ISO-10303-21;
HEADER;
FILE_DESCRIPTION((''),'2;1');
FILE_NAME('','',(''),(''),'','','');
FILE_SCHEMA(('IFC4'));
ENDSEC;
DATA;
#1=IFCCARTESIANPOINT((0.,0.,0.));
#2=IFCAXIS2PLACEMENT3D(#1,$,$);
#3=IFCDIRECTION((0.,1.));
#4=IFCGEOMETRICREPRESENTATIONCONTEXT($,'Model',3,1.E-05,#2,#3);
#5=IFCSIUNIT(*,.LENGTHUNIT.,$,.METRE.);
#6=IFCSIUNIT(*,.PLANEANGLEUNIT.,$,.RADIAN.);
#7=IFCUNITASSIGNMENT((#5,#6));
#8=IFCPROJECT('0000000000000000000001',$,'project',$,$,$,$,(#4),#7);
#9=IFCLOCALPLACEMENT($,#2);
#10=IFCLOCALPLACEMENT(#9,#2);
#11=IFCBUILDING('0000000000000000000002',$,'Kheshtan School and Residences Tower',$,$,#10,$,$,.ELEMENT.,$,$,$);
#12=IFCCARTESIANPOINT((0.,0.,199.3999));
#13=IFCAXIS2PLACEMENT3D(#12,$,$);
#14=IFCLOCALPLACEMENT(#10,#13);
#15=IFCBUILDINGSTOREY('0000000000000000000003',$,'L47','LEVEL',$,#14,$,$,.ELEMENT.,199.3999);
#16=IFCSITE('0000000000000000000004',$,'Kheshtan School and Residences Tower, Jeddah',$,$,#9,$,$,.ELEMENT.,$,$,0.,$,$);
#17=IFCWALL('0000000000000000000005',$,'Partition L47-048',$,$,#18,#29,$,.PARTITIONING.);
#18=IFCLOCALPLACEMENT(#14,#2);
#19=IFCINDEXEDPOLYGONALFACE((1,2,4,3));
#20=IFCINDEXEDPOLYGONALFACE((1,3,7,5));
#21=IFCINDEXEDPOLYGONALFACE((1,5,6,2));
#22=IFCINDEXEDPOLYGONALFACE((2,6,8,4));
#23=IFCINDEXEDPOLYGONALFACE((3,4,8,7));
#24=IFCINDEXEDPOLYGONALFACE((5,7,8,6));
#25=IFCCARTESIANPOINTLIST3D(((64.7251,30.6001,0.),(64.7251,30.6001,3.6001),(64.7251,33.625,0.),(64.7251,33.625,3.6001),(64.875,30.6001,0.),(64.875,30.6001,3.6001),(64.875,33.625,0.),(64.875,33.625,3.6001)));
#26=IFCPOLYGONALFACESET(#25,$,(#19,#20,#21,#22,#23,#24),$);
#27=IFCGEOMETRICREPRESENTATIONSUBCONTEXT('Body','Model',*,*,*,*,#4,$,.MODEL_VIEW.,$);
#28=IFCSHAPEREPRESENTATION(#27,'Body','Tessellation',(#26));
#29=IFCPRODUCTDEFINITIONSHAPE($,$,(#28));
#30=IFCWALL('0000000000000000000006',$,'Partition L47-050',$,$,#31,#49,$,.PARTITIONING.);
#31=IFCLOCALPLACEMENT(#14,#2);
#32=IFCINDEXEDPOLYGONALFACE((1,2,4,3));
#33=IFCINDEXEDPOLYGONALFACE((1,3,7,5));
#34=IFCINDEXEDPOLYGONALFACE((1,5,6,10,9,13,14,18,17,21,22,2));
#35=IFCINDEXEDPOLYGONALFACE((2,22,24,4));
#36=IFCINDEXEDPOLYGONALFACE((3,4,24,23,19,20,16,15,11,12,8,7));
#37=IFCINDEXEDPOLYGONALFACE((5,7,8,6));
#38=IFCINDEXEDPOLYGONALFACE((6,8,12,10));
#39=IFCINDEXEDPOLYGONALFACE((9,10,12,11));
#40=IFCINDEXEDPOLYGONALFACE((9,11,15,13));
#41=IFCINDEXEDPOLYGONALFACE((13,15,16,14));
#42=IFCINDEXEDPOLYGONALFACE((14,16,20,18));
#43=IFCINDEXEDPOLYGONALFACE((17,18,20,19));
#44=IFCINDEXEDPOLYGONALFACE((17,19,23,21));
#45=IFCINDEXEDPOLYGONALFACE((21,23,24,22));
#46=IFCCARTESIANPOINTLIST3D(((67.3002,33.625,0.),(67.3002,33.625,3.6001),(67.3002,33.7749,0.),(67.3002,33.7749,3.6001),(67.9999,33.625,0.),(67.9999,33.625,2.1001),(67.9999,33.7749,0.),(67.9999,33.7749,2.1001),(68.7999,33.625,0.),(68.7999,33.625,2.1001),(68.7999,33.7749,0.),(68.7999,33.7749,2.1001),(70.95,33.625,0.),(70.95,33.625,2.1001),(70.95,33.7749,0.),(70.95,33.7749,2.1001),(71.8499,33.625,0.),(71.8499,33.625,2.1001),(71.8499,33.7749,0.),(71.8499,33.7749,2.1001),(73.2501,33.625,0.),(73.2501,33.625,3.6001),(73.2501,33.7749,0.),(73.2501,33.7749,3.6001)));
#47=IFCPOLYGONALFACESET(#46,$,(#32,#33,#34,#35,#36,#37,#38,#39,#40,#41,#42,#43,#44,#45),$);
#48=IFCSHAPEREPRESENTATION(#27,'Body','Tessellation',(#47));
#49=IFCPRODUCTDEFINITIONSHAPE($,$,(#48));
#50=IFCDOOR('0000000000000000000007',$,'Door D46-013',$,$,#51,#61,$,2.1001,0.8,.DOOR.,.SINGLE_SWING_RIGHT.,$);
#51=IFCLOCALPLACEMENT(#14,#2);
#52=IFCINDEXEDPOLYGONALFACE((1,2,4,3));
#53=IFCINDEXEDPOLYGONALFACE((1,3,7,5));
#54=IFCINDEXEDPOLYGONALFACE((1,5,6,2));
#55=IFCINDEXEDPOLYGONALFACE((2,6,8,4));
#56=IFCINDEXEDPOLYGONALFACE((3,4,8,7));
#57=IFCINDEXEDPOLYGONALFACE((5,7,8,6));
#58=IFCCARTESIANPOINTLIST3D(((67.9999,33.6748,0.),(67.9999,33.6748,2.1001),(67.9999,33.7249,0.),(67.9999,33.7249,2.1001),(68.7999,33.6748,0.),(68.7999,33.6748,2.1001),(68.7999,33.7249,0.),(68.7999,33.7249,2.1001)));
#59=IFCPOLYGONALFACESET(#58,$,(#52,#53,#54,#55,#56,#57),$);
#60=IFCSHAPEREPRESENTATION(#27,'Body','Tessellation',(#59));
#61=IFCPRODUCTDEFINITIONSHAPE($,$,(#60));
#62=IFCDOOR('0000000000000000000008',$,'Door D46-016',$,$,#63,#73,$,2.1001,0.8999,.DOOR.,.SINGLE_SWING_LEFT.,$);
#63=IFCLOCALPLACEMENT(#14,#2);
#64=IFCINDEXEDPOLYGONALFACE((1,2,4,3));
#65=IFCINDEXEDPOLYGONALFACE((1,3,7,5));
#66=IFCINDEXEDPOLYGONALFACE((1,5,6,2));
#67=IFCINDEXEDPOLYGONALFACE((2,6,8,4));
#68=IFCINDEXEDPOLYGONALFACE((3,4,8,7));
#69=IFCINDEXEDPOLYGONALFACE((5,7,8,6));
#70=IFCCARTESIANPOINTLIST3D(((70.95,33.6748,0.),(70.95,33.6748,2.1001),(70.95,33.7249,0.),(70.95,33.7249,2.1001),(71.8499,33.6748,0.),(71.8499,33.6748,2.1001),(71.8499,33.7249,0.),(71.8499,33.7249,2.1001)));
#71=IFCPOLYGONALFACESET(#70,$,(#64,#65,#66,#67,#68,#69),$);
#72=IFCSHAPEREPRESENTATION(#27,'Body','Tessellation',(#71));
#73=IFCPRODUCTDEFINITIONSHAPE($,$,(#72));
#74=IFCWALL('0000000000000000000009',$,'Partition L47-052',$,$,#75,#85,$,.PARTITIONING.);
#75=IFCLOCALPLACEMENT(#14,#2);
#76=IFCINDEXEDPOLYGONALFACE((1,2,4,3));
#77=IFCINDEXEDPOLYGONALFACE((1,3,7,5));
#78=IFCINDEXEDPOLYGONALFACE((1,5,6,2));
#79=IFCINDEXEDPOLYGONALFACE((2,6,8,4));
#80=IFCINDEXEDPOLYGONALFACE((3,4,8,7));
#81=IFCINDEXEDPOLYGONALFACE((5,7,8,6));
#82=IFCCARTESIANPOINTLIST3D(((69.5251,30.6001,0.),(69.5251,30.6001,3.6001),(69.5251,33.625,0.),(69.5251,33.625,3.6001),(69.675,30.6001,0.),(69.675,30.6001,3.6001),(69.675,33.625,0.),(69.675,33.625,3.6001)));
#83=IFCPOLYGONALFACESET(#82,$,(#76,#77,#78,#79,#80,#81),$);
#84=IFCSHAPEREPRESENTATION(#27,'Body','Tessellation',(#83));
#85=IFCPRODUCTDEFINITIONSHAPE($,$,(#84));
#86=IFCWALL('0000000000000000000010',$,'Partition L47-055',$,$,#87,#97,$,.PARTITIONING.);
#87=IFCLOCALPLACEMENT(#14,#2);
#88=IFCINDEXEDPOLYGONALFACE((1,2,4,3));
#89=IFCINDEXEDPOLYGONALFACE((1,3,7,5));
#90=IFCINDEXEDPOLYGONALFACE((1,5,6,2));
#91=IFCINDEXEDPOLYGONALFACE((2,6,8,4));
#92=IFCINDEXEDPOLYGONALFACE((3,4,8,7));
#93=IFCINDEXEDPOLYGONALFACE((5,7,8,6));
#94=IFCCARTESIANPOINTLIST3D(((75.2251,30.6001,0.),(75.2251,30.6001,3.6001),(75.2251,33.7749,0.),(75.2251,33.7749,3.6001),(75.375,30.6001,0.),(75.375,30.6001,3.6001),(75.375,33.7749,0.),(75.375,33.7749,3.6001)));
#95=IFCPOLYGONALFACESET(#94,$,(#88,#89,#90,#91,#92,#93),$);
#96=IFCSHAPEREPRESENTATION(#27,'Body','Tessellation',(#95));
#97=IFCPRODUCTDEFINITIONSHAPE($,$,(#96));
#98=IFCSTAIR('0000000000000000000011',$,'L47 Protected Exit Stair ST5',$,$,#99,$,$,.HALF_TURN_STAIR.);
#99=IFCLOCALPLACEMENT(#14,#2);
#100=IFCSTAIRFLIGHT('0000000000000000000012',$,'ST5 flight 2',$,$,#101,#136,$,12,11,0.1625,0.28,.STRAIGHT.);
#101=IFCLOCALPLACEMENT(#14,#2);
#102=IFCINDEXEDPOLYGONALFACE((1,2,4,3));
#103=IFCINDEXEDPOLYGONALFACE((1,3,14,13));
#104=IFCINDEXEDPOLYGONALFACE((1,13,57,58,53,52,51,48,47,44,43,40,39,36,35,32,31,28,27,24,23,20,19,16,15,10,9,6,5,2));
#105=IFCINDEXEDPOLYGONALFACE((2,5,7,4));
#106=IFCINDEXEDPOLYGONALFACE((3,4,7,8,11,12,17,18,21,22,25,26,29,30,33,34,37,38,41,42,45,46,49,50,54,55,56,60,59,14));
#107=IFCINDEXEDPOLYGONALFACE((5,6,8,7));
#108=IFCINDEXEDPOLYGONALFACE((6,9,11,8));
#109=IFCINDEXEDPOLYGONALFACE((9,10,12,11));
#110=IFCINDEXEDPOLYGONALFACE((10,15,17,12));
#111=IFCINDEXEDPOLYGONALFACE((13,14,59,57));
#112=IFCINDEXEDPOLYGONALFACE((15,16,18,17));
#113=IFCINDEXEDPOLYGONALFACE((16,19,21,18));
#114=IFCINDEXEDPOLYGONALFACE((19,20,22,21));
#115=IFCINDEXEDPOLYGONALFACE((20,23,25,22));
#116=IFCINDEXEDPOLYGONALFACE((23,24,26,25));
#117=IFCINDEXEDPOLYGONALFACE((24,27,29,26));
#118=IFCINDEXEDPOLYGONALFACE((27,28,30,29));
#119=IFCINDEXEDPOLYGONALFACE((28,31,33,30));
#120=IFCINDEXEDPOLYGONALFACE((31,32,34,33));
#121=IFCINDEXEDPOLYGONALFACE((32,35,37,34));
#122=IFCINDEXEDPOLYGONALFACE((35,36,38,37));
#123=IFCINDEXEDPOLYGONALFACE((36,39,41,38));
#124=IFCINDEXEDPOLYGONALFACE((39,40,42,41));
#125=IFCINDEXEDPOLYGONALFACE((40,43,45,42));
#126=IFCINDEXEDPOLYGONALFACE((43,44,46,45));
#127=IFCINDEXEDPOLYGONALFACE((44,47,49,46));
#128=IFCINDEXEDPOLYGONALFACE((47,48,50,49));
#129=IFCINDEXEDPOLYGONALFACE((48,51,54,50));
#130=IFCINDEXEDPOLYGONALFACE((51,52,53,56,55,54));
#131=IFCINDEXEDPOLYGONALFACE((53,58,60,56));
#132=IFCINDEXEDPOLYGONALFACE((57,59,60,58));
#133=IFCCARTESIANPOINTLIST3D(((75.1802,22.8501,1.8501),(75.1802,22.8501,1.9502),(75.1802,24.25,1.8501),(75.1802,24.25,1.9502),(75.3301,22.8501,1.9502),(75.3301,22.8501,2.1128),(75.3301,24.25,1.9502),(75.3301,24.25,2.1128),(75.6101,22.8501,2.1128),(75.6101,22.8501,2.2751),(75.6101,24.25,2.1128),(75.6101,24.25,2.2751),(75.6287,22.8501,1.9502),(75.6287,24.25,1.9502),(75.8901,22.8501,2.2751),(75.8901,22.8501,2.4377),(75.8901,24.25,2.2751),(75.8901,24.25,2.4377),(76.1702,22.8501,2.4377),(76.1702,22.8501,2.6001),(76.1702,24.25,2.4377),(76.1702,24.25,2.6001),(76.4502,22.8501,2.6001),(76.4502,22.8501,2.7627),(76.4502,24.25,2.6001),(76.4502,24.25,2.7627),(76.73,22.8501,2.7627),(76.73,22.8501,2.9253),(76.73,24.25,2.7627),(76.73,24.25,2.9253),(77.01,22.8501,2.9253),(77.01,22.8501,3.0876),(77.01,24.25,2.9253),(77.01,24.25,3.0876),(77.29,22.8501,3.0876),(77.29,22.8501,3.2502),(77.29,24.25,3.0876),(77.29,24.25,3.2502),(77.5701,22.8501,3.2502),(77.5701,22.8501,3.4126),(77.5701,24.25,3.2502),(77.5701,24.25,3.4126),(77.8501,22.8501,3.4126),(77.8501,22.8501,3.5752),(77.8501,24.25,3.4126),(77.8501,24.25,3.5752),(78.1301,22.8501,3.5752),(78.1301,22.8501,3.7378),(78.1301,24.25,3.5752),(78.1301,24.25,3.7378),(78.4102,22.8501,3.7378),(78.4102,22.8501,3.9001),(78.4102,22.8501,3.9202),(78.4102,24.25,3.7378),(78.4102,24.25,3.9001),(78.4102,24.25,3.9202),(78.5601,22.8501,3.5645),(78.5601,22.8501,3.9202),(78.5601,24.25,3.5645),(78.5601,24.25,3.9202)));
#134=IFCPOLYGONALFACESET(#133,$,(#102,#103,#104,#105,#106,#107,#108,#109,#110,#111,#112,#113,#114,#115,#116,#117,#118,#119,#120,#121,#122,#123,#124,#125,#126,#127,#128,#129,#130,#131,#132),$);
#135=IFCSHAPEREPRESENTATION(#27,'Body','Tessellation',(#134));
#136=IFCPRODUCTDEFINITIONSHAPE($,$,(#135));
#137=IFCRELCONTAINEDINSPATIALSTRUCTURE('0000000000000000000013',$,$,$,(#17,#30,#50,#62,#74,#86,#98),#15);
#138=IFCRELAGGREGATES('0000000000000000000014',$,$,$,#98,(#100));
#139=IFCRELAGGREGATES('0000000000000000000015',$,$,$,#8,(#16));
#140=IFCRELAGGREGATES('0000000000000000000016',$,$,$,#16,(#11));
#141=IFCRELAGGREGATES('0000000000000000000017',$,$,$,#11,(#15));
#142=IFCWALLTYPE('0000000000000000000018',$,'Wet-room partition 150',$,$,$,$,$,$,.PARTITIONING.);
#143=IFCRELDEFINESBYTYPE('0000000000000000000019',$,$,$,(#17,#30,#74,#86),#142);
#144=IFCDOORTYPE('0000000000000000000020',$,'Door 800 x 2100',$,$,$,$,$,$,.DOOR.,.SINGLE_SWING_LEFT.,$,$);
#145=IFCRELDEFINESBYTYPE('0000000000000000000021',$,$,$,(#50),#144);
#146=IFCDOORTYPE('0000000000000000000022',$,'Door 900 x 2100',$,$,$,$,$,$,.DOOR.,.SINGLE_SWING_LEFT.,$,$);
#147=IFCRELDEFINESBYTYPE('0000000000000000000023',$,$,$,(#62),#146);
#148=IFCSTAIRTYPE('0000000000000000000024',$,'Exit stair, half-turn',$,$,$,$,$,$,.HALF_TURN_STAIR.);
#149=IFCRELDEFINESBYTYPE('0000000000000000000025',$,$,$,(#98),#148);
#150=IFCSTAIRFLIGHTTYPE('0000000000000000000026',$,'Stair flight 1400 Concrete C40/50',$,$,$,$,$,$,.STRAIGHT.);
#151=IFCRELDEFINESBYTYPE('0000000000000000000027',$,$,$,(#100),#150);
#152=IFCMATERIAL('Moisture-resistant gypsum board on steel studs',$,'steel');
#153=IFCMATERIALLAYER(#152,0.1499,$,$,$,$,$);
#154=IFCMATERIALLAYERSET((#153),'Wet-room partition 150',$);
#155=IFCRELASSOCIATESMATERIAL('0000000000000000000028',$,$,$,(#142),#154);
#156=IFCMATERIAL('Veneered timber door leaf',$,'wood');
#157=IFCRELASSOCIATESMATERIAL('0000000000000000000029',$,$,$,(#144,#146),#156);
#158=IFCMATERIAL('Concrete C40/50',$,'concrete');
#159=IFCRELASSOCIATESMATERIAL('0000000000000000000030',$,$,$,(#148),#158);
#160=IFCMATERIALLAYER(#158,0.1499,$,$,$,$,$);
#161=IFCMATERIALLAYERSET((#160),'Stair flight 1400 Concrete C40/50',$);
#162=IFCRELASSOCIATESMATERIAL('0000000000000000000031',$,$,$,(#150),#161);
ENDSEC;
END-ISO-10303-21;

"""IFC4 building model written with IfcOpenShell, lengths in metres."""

from ifc_helpers import new_model, si_unit, direction, frame, frame_2d, origin, place, context, subcontext, project, spatial, polyline, rectangle, outline, extrude, source, transform, mapped, material, layer, layer_set, type_object, element, fill, aggregate, save


model = new_model("IFC4")

# Units and contexts
model_context = context("Model", 3, precision=1e-05, world=origin(), true_north=direction((0.0, 1.0)))
body_context = subcontext(model_context, "Body", "Model", "MODEL_VIEW")
ifc_project = project(units=[si_unit("LENGTHUNIT", "METRE"), si_unit("PLANEANGLEUNIT", "RADIAN")], contexts=[model_context])

# Site, building, storey
site_placement = place(None, origin())
site = spatial("IfcSite", under=ifc_project, at=site_placement, Name="Kheshtan School and Residences Tower, Jeddah", CompositionType="ELEMENT", RefElevation=0.0)
building_placement = place(site_placement, origin())
building = spatial("IfcBuilding", under=site, at=building_placement, Name="Kheshtan School and Residences Tower", CompositionType="ELEMENT")
storey_placement = place(building_placement, frame((0.0, 0.0, 199.3999)))
storey = spatial("IfcBuildingStorey", under=building, at=storey_placement, Name="L47", Description="LEVEL", CompositionType="ELEMENT", Elevation=199.3999)

# Shared definitions
ifc_material_1 = material(Name="Concrete C40/50", Category="concrete")

# Wall
ifc_material_2 = material(Name="Moisture-resistant gypsum board on steel studs", Category="steel")
ifc_layer_1 = layer(ifc_material_2, 0.1499)
ifc_layer_set_1 = layer_set([ifc_layer_1], Name="Wet-room partition 150")
wall_type_1 = type_object("IfcWallType", Name="Wet-room partition 150", PredefinedType="PARTITIONING", material=ifc_layer_set_1)
for number, where, z_axis, x_axis, name in (
    (1, (64.8, 30.6001, 0.0), (0.0, 0.0, 1.0), (0.0, 1.0, 0.0), "Partition L47-048"),
):
    element("IfcWall", number, at=place(storey_placement, frame(where, z_axis=z_axis, x_axis=x_axis)), inside=storey, type_object=wall_type_1, Name=name, PredefinedType="PARTITIONING", context=body_context, shape_type="SweptSolid", body=[
        extrude(rectangle(XDim=3.0249, YDim=0.1499, at=frame_2d((1.5125, 0.0))), origin(), (0.0, 0.0, 1.0), 3.6001),
    ])

# Wall, openings, doors
wall_1_placement = place(storey_placement, frame((67.3, 33.7, 0.0), z_axis=(0.0, 0.0, 1.0), x_axis=(1.0, 0.0, 0.0)))
wall_1 = element("IfcWall", 2, at=wall_1_placement, inside=storey, type_object=wall_type_1, Name="Partition L47-050", PredefinedType="PARTITIONING", context=body_context, shape_type="SweptSolid", body=[
    extrude(rectangle(XDim=5.95, YDim=0.1499, at=frame_2d((2.9751, 0.0))), origin(), (0.0, 0.0, 1.0), 3.6001),
])
opening_1_placement = place(wall_1_placement, frame((0.7, 0.0, 0.0)))
opening_1 = element("IfcOpeningElement", 3, at=opening_1_placement, cuts=wall_1, PredefinedType="OPENING", context=body_context, shape_type="SweptSolid", body=[
    extrude(rectangle(XDim=0.8, YDim=2.1001, at=frame_2d((0.3999, 1.05))), frame((0.0, 0.085, 0.0), z_axis=(0.0, -1.0, 0.0), x_axis=(1.0, 0.0, 0.0)), (0.0, 0.0, 1.0), 0.1699),
])
opening_2_placement = place(wall_1_placement, frame((3.6499, 0.0, 0.0)))
opening_2 = element("IfcOpeningElement", 4, at=opening_2_placement, cuts=wall_1, PredefinedType="OPENING", context=body_context, shape_type="SweptSolid", body=[
    extrude(rectangle(XDim=0.8999, YDim=2.1001, at=frame_2d((0.45, 1.05))), frame((0.0, 0.085, 0.0), z_axis=(0.0, -1.0, 0.0), x_axis=(1.0, 0.0, 0.0)), (0.0, 0.0, 1.0), 0.1699),
])
ifc_material_3 = material(Name="Veneered timber door leaf", Category="wood")
door_type_1 = type_object("IfcDoorType", Name="Door 800 x 2100", OperationType="SINGLE_SWING_LEFT", PredefinedType="DOOR", material=ifc_material_3)
shared_shape_1 = source(origin(), body_context, "Body", "SweptSolid", [
    extrude(rectangle(XDim=0.8, YDim=2.1001, at=frame_2d((0.3999, 1.05))), frame((0.0, 0.0249, 0.0), z_axis=(0.0, -1.0, 0.0), x_axis=(1.0, 0.0, 0.0)), (0.0, 0.0, 1.0), 0.05),
])
door_1_placement = place(opening_1_placement, origin())
door_1 = element("IfcDoor", 5, at=door_1_placement, inside=storey, type_object=door_type_1, Name="Door D46-013", OperationType="SINGLE_SWING_RIGHT", OverallHeight=2.1001, OverallWidth=0.8, PredefinedType="DOOR", context=body_context, shape_type="MappedRepresentation", body=[
    mapped(shared_shape_1, transform((0.0, 0.0, 0.0), x_axis=(1.0, 0.0, 0.0), y_axis=(0.0, 1.0, 0.0), z_axis=(0.0, 0.0, 1.0), scale=1.0)),
])
fill(opening_1, door_1)
door_type_2 = type_object("IfcDoorType", Name="Door 900 x 2100", OperationType="SINGLE_SWING_LEFT", PredefinedType="DOOR", material=ifc_material_3)
shared_shape_2 = source(origin(), body_context, "Body", "SweptSolid", [
    extrude(rectangle(XDim=0.8999, YDim=2.1001, at=frame_2d((0.45, 1.05))), frame((0.0, 0.0249, 0.0), z_axis=(0.0, -1.0, 0.0), x_axis=(1.0, 0.0, 0.0)), (0.0, 0.0, 1.0), 0.05),
])
door_2_placement = place(opening_2_placement, origin())
door_2 = element("IfcDoor", 6, at=door_2_placement, inside=storey, type_object=door_type_2, Name="Door D46-016", OperationType="SINGLE_SWING_LEFT", OverallHeight=2.1001, OverallWidth=0.8999, PredefinedType="DOOR", context=body_context, shape_type="MappedRepresentation", body=[
    mapped(shared_shape_2, transform((0.0, 0.0, 0.0), x_axis=(1.0, 0.0, 0.0), y_axis=(0.0, 1.0, 0.0), z_axis=(0.0, 0.0, 1.0), scale=1.0)),
])
fill(opening_2, door_2)

# Walls
wall_2_placement = place(storey_placement, frame((69.6001, 30.6001, 0.0), z_axis=(0.0, 0.0, 1.0), x_axis=(0.0, 1.0, 0.0)))
element("IfcWall", 7, at=wall_2_placement, inside=storey, type_object=wall_type_1, Name="Partition L47-052", PredefinedType="PARTITIONING", context=body_context, shape_type="SweptSolid", body=[
    extrude(rectangle(XDim=3.0249, YDim=0.1499, at=frame_2d((1.5125, 0.0))), origin(), (0.0, 0.0, 1.0), 3.6001),
])
wall_3_placement = place(storey_placement, frame((75.3, 30.6001, 0.0), z_axis=(0.0, 0.0, 1.0), x_axis=(0.0, 1.0, 0.0)))
element("IfcWall", 8, at=wall_3_placement, inside=storey, type_object=wall_type_1, Name="Partition L47-055", PredefinedType="PARTITIONING", context=body_context, shape_type="SweptSolid", body=[
    extrude(rectangle(XDim=3.1748, YDim=0.1499, at=frame_2d((1.5874, 0.0))), origin(), (0.0, 0.0, 1.0), 3.6001),
])

# Stair, stair flight
stair_type = type_object("IfcStairType", Name="Exit stair, half-turn", PredefinedType="HALF_TURN_STAIR", material=ifc_material_1)
stair_placement = place(storey_placement, origin())
stair = element("IfcStair", 9, at=stair_placement, inside=storey, type_object=stair_type, Name="L47 Protected Exit Stair ST5", PredefinedType="HALF_TURN_STAIR")
ifc_layer_2 = layer(ifc_material_1, 0.1499)
ifc_layer_set_2 = layer_set([ifc_layer_2], Name="Stair flight 1400 Concrete C40/50")
stair_flight_type = type_object("IfcStairFlightType", Name="Stair flight 1400 Concrete C40/50", PredefinedType="STRAIGHT", material=ifc_layer_set_2)
stair_flight_placement = place(storey_placement, frame((75.3301, 23.55, 1.9502), z_axis=(0.0, 0.0, 1.0), x_axis=(1.0, 0.0, 0.0)))
stair_flight = element("IfcStairFlight", 10, at=stair_flight_placement, type_object=stair_flight_type, Name="ST5 flight 2", NumberOfRisers=12, NumberOfTreads=11, PredefinedType="STRAIGHT", RiserHeight=0.1625, TreadLength=0.28, context=body_context, shape_type="SweptSolid", body=[
    extrude(outline(polyline([(-0.1499, -0.1001), (-0.1499, 0.0), (0.0, 0.0), (0.0, 0.1626), (0.28, 0.1626), (0.28, 0.325), (0.5601, 0.325), (0.5601, 0.4875), (0.8401, 0.4875), (0.8401, 0.6499), (1.1201, 0.6499), (1.1201, 0.8125), (1.3999, 0.8125), (1.3999, 0.9751), (1.6799, 0.9751), (1.6799, 1.1375), (1.96, 1.1375), (1.96, 1.3), (2.24, 1.3), (2.24, 1.4624), (2.52, 1.4624), (2.52, 1.625), (2.8, 1.625), (2.8, 1.7876), (3.0801, 1.7876), (3.0801, 1.95), (3.0801, 1.97), (3.23, 1.97), (3.23, 1.6143), (0.2986, 0.0), (-0.1499, -0.1001)])), frame((0.0, 0.7, 0.0), z_axis=(0.0, -1.0, 0.0), x_axis=(1.0, 0.0, 0.0)), (0.0, 0.0, 1.0), 1.3999),
])
aggregate(stair, [stair_flight])

save(model, "model.ifc")
